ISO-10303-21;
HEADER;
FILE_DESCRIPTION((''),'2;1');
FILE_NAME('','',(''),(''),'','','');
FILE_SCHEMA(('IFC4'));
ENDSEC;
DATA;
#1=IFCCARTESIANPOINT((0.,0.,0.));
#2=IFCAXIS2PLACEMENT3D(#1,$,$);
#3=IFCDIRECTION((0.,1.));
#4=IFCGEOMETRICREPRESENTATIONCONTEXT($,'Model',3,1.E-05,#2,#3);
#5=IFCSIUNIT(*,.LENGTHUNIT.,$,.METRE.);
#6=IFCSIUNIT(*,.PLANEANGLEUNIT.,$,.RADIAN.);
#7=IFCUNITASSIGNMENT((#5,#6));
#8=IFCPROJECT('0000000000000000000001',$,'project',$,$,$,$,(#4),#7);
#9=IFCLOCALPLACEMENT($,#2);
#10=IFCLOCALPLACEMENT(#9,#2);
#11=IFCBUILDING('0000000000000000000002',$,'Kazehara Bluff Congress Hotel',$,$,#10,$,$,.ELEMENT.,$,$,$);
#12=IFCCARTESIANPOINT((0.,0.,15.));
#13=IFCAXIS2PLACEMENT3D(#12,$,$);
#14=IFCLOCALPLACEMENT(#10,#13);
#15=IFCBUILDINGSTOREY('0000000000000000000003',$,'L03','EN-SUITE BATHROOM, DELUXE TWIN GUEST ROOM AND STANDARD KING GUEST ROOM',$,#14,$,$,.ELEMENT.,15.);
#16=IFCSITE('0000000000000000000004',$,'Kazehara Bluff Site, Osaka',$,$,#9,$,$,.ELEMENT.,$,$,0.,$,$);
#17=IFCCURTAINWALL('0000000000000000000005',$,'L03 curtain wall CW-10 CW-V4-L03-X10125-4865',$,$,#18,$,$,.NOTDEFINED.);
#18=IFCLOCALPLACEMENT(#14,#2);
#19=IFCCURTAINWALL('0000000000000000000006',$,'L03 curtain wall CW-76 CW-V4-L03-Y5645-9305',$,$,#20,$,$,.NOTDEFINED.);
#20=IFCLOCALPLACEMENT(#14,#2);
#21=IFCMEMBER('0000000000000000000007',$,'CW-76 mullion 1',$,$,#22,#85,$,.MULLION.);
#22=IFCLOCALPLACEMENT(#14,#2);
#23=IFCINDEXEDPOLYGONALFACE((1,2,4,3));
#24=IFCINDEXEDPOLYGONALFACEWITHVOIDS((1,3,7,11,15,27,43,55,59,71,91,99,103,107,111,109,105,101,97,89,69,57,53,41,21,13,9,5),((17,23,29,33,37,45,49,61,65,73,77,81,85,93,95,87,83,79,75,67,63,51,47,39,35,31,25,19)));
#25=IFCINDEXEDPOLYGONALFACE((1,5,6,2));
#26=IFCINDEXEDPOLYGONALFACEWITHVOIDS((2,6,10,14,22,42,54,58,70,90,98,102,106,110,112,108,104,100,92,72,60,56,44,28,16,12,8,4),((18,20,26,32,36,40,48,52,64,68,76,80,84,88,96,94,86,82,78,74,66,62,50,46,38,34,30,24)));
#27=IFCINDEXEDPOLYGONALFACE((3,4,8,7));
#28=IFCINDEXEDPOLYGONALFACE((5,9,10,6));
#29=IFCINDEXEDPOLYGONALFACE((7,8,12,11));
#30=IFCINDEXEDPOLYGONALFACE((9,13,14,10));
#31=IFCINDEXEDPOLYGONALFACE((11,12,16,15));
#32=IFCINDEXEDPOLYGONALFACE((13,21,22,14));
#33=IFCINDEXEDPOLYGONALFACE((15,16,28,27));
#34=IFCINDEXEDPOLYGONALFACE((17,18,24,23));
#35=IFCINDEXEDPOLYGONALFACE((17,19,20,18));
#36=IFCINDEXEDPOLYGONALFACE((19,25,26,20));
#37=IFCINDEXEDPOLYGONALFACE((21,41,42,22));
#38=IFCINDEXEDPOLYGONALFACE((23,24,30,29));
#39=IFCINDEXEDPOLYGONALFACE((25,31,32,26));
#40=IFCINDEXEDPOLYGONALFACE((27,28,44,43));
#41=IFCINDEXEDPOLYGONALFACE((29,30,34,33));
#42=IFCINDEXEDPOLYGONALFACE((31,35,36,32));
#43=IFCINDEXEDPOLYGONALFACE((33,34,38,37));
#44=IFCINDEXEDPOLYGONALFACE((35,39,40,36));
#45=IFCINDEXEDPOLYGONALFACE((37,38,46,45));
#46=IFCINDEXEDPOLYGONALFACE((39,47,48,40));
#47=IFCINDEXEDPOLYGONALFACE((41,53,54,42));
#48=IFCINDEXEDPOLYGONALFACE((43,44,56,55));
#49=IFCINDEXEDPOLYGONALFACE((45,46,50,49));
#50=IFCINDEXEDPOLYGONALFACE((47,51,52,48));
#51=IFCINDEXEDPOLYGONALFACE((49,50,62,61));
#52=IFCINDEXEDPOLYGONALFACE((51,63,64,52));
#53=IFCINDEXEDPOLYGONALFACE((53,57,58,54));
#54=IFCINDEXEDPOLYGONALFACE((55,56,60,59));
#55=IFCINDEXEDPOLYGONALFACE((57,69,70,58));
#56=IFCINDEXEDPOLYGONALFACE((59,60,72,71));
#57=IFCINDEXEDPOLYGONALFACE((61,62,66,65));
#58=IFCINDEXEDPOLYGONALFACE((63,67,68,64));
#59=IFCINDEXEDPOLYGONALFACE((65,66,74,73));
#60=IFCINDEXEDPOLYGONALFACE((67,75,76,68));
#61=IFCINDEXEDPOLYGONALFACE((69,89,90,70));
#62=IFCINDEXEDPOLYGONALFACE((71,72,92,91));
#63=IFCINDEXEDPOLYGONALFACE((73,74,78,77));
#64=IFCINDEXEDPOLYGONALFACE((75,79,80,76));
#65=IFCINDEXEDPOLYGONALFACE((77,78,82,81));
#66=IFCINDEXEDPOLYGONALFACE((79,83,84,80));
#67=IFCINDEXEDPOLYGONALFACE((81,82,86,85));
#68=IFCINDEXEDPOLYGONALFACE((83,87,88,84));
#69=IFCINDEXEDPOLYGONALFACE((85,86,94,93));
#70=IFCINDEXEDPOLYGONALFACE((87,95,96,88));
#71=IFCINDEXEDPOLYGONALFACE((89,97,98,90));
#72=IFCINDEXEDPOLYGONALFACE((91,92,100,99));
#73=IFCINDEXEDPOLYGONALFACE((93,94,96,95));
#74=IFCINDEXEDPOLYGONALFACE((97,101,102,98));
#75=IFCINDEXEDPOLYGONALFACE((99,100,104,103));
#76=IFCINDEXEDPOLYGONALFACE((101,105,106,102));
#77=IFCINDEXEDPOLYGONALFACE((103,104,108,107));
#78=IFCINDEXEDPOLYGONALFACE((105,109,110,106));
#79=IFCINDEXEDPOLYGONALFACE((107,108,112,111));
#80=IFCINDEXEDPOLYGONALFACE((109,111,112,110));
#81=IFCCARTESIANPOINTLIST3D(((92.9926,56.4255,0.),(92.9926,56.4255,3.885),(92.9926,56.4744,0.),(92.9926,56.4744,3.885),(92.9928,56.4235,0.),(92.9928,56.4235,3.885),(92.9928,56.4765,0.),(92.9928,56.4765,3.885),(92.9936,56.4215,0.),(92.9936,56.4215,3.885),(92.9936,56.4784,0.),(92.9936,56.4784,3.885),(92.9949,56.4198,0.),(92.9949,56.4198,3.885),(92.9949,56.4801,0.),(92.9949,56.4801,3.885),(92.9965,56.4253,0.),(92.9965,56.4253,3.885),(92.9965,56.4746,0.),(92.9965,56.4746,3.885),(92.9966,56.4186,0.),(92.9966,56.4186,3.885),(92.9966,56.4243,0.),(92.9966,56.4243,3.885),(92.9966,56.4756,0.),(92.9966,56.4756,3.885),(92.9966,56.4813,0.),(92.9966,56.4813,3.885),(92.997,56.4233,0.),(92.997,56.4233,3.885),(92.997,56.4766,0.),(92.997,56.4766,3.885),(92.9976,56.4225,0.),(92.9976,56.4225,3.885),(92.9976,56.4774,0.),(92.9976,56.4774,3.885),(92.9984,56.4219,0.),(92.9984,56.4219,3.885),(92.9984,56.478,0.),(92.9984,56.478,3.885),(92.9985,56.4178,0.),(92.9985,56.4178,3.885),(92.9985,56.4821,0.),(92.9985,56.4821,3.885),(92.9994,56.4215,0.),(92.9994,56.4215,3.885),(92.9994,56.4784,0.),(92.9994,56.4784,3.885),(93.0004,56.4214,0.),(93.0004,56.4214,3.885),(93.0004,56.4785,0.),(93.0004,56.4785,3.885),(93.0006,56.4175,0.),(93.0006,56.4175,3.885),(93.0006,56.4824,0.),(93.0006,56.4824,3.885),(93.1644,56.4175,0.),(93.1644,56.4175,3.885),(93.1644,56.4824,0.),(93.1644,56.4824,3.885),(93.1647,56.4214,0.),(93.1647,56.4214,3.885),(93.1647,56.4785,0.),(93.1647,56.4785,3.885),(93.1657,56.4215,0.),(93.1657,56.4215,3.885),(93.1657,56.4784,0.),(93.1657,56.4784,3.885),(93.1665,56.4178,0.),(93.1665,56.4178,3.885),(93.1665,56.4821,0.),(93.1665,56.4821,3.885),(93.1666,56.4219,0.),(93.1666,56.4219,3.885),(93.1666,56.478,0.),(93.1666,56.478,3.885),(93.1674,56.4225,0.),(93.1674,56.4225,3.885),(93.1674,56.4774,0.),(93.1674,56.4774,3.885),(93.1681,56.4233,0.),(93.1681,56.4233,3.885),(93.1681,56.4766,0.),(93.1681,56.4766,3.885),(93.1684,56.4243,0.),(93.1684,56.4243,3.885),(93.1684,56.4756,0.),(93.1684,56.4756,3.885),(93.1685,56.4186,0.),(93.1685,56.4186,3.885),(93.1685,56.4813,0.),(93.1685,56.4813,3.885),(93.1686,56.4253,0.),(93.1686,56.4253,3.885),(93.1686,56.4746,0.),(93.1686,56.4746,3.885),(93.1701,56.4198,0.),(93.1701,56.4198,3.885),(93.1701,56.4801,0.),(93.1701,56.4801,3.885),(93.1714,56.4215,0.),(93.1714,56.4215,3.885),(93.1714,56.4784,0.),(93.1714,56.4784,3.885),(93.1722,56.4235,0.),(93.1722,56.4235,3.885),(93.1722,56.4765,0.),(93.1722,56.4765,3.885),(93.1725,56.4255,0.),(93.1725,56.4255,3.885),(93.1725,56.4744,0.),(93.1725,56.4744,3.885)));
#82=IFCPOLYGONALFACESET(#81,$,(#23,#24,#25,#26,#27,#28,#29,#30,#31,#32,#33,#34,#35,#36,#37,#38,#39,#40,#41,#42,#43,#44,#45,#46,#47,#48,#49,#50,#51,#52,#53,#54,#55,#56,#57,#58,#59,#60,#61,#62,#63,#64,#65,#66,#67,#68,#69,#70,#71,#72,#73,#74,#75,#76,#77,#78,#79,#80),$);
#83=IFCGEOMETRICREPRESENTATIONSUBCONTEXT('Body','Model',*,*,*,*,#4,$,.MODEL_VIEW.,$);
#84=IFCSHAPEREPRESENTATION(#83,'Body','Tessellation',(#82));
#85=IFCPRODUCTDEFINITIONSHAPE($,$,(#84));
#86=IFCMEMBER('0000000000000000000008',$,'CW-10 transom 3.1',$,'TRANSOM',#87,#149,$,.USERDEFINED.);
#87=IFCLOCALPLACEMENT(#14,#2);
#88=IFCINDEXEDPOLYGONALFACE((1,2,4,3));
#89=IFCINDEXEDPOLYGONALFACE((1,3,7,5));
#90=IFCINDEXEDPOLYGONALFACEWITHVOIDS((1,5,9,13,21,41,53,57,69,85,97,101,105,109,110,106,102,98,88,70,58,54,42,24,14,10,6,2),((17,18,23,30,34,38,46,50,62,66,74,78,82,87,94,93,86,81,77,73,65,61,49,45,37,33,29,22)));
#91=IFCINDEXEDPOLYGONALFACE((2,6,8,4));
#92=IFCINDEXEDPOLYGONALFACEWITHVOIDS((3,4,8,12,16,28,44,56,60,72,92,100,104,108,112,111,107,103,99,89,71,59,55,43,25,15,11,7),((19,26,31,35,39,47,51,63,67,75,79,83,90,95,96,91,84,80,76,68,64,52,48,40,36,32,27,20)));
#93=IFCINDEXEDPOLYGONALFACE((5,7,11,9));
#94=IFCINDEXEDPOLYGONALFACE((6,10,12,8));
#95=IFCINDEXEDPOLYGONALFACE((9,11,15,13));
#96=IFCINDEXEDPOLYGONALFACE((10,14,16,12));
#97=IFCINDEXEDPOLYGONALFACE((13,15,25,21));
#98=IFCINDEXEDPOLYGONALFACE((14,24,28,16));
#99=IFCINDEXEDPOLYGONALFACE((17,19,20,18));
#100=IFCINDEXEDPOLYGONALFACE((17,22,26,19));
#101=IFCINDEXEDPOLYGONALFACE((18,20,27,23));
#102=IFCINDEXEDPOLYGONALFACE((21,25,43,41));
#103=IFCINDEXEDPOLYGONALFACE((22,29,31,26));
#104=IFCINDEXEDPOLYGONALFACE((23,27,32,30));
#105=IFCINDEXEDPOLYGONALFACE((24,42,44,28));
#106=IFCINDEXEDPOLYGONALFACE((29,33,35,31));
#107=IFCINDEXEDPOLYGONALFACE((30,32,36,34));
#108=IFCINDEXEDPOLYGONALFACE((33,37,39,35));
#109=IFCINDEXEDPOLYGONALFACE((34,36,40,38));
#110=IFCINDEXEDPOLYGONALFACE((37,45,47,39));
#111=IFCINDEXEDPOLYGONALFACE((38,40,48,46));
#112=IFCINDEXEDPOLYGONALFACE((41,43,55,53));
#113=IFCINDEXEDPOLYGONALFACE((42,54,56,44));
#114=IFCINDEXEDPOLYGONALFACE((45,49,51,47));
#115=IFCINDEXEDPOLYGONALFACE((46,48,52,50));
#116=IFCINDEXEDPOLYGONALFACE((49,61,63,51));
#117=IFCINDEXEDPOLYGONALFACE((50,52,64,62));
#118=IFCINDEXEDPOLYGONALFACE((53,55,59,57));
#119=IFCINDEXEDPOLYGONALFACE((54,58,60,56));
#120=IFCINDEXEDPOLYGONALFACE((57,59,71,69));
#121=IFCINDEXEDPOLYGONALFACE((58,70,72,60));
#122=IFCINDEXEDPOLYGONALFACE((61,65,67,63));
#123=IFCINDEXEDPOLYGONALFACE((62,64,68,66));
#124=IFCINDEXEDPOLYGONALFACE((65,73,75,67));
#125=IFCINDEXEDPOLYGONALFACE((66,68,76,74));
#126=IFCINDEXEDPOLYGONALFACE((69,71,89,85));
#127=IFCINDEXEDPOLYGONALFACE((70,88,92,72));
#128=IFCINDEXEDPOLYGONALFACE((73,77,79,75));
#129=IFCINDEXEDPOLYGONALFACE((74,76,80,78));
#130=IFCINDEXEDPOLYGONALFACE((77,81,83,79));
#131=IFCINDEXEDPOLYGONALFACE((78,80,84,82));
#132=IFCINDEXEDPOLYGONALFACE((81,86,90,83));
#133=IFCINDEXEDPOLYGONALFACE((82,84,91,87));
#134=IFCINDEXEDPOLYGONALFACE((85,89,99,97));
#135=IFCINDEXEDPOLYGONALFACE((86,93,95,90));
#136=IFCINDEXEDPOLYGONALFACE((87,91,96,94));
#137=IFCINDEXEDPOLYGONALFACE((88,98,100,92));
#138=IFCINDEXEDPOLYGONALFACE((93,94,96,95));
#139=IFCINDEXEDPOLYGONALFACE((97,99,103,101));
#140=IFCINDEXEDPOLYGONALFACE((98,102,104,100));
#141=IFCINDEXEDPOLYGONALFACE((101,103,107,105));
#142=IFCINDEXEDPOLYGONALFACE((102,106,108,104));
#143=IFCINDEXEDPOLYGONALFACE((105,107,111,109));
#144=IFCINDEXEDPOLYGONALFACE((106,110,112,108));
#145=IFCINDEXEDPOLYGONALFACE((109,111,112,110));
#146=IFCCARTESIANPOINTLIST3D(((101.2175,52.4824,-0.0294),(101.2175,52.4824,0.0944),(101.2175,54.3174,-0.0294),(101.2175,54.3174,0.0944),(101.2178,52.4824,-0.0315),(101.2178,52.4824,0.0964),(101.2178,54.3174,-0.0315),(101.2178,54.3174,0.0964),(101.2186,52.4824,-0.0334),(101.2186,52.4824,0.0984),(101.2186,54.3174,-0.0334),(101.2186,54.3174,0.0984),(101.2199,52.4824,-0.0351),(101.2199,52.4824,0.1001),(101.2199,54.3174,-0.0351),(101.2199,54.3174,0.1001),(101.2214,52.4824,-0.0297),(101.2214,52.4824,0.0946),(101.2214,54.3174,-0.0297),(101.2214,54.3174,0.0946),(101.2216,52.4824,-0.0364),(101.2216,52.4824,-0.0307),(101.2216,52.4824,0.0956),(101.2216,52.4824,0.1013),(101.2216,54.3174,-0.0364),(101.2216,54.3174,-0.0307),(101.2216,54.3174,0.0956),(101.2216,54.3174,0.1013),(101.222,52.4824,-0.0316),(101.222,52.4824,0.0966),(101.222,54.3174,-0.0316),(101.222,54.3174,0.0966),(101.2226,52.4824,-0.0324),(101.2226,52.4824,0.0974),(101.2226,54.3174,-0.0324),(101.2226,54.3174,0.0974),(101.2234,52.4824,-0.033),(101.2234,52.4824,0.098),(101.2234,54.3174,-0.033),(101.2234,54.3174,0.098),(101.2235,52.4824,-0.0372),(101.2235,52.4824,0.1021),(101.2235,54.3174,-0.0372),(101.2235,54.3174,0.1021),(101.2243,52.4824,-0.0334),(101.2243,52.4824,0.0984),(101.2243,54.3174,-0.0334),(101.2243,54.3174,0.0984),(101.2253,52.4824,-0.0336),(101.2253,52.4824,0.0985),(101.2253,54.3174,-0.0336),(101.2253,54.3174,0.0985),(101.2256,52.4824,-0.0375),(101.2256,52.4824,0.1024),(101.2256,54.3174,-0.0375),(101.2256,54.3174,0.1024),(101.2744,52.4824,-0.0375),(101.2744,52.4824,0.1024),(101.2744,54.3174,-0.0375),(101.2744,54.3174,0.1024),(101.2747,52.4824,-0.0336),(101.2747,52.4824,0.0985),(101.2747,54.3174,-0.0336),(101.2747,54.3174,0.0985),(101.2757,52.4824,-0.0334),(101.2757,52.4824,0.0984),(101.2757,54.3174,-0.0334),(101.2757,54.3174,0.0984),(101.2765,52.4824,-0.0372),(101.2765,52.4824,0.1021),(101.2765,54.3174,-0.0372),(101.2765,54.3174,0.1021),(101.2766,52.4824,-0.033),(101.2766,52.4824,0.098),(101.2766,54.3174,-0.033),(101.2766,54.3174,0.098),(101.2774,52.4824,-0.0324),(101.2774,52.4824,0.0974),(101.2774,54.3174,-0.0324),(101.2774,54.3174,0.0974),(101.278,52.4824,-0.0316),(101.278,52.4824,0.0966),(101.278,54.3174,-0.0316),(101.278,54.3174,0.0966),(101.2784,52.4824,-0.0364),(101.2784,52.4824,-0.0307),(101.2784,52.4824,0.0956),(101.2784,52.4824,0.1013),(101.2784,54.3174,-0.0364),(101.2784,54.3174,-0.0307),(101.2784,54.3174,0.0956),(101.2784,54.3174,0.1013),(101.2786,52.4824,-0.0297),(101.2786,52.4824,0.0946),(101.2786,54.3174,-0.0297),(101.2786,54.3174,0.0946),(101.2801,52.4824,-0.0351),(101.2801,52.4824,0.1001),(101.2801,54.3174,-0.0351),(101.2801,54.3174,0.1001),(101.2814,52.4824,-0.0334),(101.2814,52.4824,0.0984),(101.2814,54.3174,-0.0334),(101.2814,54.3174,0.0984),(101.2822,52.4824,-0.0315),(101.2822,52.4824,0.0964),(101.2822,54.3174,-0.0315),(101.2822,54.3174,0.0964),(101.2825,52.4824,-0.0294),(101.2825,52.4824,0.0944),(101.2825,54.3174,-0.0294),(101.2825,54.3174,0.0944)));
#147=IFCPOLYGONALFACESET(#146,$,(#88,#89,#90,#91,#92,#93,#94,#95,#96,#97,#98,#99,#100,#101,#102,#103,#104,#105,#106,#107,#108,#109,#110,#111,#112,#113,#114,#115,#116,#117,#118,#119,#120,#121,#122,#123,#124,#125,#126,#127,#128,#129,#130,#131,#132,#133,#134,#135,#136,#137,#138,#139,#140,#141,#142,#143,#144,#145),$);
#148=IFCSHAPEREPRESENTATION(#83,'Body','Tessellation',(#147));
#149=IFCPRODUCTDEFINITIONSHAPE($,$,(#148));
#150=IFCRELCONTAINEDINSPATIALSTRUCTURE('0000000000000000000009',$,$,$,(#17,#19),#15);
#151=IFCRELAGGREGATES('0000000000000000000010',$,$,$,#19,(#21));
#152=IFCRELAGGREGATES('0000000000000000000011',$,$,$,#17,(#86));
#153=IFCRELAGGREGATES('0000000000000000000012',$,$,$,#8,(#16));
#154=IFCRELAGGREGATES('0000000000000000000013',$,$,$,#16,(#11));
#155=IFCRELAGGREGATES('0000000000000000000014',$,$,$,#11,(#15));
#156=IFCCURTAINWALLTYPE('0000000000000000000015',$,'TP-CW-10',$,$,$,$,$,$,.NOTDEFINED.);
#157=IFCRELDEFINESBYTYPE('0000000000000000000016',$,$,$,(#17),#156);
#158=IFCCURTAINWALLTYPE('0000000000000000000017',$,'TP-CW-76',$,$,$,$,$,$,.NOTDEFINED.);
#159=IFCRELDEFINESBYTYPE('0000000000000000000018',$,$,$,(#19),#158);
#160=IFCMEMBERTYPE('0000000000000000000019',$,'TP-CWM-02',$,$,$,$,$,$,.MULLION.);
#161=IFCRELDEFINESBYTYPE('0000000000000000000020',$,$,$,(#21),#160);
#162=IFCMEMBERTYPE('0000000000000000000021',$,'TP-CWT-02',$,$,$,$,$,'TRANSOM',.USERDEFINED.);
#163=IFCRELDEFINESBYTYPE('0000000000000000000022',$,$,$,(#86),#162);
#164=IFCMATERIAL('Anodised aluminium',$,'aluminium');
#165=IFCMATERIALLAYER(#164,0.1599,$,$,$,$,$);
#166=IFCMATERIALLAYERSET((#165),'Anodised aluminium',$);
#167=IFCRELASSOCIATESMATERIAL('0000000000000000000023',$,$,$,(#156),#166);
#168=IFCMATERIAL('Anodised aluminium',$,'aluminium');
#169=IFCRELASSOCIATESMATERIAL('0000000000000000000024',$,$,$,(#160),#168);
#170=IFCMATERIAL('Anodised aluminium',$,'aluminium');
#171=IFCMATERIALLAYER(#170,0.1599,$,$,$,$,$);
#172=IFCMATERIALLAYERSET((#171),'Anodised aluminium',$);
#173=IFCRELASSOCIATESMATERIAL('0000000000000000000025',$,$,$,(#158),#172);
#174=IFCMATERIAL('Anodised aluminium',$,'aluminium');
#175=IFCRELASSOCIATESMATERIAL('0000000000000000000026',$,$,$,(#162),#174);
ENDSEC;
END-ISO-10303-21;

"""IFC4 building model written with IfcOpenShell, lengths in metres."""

from ifc_helpers import new_model, si_unit, direction, frame, origin, origin_2d, place, context, subcontext, project, spatial, hollow_rectangle, extrude, material, layer, layer_set, material_profile, profile_set, type_object, element, aggregate, save


model = new_model("IFC4")

# Units and contexts
model_context = context("Model", 3, precision=1e-05, world=origin(), true_north=direction((0.0, 1.0)))
body_context = subcontext(model_context, "Body", "Model", "MODEL_VIEW")
ifc_project = project(units=[si_unit("LENGTHUNIT", "METRE"), si_unit("PLANEANGLEUNIT", "RADIAN")], contexts=[model_context])

# Site, building, storey
site_placement = place(None, origin())
site = spatial("IfcSite", under=ifc_project, at=site_placement, Name="Kazehara Bluff Site, Osaka", CompositionType="ELEMENT", RefElevation=0.0)
building_placement = place(site_placement, origin())
building = spatial("IfcBuilding", under=site, at=building_placement, Name="Kazehara Bluff Congress Hotel", CompositionType="ELEMENT")
storey_placement = place(building_placement, frame((0.0, 0.0, 15.0)))
storey = spatial("IfcBuildingStorey", under=building, at=storey_placement, Name="L03", Description="EN-SUITE BATHROOM, DELUXE TWIN GUEST ROOM AND STANDARD KING GUEST ROOM", CompositionType="ELEMENT", Elevation=15.0)

# Curtain wall
ifc_material_1 = material(Name="Anodised aluminium", Category="aluminium")
ifc_layer_1 = layer(ifc_material_1, 0.1599)
ifc_layer_set_1 = layer_set([ifc_layer_1], Name="Anodised aluminium")
curtain_wall_type_1 = type_object("IfcCurtainWallType", Name="TP-CW-10", PredefinedType="NOTDEFINED", material=ifc_layer_set_1)
curtain_wall_1_placement = place(storey_placement, origin())
curtain_wall_1 = element("IfcCurtainWall", 1, at=curtain_wall_1_placement, inside=storey, type_object=curtain_wall_type_1, Name="L03 curtain wall CW-10 CW-V4-L03-X10125-4865", PredefinedType="NOTDEFINED")
ifc_material_2 = material(Name="Anodised aluminium", Category="aluminium")
ifc_material_profile_1 = material_profile(ifc_material_2, hollow_rectangle(XDim=0.0649, YDim=0.1799, WallThickness=0.0039, InnerFilletRadius=0.0039, OuterFilletRadius=0.0081, at=origin_2d()))
ifc_profile_set_1 = profile_set([ifc_material_profile_1], Name="Anodised aluminium")
member_type_1 = type_object("IfcMemberType", Name="TP-CWM-02", PredefinedType="MULLION", material=ifc_profile_set_1)

# Curtain wall, member
ifc_material_3 = material(Name="Anodised aluminium", Category="aluminium")
ifc_layer_2 = layer(ifc_material_3, 0.1599)
ifc_layer_set_2 = layer_set([ifc_layer_2], Name="Anodised aluminium")
curtain_wall_type_2 = type_object("IfcCurtainWallType", Name="TP-CW-76", PredefinedType="NOTDEFINED", material=ifc_layer_set_2)
curtain_wall_2_placement = place(storey_placement, origin())
curtain_wall_2 = element("IfcCurtainWall", 2, at=curtain_wall_2_placement, inside=storey, type_object=curtain_wall_type_2, Name="L03 curtain wall CW-76 CW-V4-L03-Y5645-9305", PredefinedType="NOTDEFINED")
member_1_placement = place(storey_placement, frame((93.0825, 56.45, 0.0), z_axis=(0.0, 0.0, 1.0), x_axis=(0.0, 1.0, 0.0)))
member_1 = element("IfcMember", 3, at=member_1_placement, type_object=member_type_1, Name="CW-76 mullion 1", PredefinedType="MULLION", context=body_context, shape_type="SweptSolid", body=[
    extrude(hollow_rectangle(XDim=0.0649, YDim=0.1799, WallThickness=0.0039, InnerFilletRadius=0.0039, OuterFilletRadius=0.0081, at=origin_2d()), origin(), (0.0, 0.0, 1.0), 3.885),
])

# Member
ifc_material_4 = material(Name="Anodised aluminium", Category="aluminium")
ifc_material_profile_2 = material_profile(ifc_material_4, hollow_rectangle(XDim=0.0649, YDim=0.1399, WallThickness=0.0039, InnerFilletRadius=0.0039, OuterFilletRadius=0.0081, at=origin_2d()))
ifc_profile_set_2 = profile_set([ifc_material_profile_2], Name="Anodised aluminium")
member_type_2 = type_object("IfcMemberType", Name="TP-CWT-02", ElementType="TRANSOM", PredefinedType="USERDEFINED", material=ifc_profile_set_2)
member_2_placement = place(storey_placement, frame((101.25, 52.4824, 0.0325), z_axis=(0.0, 1.0, 0.0), x_axis=(-1.0, 0.0, 0.0)))
member_2 = element("IfcMember", 4, at=member_2_placement, type_object=member_type_2, Name="CW-10 transom 3.1", ObjectType="TRANSOM", PredefinedType="USERDEFINED", context=body_context, shape_type="SweptSolid", body=[
    extrude(hollow_rectangle(XDim=0.0649, YDim=0.1399, WallThickness=0.0039, InnerFilletRadius=0.0039, OuterFilletRadius=0.0081, at=origin_2d()), origin(), (0.0, 0.0, 1.0), 1.835),
])
aggregate(curtain_wall_2, [member_1])

aggregate(curtain_wall_1, [member_2])

save(model, "model.ifc")
